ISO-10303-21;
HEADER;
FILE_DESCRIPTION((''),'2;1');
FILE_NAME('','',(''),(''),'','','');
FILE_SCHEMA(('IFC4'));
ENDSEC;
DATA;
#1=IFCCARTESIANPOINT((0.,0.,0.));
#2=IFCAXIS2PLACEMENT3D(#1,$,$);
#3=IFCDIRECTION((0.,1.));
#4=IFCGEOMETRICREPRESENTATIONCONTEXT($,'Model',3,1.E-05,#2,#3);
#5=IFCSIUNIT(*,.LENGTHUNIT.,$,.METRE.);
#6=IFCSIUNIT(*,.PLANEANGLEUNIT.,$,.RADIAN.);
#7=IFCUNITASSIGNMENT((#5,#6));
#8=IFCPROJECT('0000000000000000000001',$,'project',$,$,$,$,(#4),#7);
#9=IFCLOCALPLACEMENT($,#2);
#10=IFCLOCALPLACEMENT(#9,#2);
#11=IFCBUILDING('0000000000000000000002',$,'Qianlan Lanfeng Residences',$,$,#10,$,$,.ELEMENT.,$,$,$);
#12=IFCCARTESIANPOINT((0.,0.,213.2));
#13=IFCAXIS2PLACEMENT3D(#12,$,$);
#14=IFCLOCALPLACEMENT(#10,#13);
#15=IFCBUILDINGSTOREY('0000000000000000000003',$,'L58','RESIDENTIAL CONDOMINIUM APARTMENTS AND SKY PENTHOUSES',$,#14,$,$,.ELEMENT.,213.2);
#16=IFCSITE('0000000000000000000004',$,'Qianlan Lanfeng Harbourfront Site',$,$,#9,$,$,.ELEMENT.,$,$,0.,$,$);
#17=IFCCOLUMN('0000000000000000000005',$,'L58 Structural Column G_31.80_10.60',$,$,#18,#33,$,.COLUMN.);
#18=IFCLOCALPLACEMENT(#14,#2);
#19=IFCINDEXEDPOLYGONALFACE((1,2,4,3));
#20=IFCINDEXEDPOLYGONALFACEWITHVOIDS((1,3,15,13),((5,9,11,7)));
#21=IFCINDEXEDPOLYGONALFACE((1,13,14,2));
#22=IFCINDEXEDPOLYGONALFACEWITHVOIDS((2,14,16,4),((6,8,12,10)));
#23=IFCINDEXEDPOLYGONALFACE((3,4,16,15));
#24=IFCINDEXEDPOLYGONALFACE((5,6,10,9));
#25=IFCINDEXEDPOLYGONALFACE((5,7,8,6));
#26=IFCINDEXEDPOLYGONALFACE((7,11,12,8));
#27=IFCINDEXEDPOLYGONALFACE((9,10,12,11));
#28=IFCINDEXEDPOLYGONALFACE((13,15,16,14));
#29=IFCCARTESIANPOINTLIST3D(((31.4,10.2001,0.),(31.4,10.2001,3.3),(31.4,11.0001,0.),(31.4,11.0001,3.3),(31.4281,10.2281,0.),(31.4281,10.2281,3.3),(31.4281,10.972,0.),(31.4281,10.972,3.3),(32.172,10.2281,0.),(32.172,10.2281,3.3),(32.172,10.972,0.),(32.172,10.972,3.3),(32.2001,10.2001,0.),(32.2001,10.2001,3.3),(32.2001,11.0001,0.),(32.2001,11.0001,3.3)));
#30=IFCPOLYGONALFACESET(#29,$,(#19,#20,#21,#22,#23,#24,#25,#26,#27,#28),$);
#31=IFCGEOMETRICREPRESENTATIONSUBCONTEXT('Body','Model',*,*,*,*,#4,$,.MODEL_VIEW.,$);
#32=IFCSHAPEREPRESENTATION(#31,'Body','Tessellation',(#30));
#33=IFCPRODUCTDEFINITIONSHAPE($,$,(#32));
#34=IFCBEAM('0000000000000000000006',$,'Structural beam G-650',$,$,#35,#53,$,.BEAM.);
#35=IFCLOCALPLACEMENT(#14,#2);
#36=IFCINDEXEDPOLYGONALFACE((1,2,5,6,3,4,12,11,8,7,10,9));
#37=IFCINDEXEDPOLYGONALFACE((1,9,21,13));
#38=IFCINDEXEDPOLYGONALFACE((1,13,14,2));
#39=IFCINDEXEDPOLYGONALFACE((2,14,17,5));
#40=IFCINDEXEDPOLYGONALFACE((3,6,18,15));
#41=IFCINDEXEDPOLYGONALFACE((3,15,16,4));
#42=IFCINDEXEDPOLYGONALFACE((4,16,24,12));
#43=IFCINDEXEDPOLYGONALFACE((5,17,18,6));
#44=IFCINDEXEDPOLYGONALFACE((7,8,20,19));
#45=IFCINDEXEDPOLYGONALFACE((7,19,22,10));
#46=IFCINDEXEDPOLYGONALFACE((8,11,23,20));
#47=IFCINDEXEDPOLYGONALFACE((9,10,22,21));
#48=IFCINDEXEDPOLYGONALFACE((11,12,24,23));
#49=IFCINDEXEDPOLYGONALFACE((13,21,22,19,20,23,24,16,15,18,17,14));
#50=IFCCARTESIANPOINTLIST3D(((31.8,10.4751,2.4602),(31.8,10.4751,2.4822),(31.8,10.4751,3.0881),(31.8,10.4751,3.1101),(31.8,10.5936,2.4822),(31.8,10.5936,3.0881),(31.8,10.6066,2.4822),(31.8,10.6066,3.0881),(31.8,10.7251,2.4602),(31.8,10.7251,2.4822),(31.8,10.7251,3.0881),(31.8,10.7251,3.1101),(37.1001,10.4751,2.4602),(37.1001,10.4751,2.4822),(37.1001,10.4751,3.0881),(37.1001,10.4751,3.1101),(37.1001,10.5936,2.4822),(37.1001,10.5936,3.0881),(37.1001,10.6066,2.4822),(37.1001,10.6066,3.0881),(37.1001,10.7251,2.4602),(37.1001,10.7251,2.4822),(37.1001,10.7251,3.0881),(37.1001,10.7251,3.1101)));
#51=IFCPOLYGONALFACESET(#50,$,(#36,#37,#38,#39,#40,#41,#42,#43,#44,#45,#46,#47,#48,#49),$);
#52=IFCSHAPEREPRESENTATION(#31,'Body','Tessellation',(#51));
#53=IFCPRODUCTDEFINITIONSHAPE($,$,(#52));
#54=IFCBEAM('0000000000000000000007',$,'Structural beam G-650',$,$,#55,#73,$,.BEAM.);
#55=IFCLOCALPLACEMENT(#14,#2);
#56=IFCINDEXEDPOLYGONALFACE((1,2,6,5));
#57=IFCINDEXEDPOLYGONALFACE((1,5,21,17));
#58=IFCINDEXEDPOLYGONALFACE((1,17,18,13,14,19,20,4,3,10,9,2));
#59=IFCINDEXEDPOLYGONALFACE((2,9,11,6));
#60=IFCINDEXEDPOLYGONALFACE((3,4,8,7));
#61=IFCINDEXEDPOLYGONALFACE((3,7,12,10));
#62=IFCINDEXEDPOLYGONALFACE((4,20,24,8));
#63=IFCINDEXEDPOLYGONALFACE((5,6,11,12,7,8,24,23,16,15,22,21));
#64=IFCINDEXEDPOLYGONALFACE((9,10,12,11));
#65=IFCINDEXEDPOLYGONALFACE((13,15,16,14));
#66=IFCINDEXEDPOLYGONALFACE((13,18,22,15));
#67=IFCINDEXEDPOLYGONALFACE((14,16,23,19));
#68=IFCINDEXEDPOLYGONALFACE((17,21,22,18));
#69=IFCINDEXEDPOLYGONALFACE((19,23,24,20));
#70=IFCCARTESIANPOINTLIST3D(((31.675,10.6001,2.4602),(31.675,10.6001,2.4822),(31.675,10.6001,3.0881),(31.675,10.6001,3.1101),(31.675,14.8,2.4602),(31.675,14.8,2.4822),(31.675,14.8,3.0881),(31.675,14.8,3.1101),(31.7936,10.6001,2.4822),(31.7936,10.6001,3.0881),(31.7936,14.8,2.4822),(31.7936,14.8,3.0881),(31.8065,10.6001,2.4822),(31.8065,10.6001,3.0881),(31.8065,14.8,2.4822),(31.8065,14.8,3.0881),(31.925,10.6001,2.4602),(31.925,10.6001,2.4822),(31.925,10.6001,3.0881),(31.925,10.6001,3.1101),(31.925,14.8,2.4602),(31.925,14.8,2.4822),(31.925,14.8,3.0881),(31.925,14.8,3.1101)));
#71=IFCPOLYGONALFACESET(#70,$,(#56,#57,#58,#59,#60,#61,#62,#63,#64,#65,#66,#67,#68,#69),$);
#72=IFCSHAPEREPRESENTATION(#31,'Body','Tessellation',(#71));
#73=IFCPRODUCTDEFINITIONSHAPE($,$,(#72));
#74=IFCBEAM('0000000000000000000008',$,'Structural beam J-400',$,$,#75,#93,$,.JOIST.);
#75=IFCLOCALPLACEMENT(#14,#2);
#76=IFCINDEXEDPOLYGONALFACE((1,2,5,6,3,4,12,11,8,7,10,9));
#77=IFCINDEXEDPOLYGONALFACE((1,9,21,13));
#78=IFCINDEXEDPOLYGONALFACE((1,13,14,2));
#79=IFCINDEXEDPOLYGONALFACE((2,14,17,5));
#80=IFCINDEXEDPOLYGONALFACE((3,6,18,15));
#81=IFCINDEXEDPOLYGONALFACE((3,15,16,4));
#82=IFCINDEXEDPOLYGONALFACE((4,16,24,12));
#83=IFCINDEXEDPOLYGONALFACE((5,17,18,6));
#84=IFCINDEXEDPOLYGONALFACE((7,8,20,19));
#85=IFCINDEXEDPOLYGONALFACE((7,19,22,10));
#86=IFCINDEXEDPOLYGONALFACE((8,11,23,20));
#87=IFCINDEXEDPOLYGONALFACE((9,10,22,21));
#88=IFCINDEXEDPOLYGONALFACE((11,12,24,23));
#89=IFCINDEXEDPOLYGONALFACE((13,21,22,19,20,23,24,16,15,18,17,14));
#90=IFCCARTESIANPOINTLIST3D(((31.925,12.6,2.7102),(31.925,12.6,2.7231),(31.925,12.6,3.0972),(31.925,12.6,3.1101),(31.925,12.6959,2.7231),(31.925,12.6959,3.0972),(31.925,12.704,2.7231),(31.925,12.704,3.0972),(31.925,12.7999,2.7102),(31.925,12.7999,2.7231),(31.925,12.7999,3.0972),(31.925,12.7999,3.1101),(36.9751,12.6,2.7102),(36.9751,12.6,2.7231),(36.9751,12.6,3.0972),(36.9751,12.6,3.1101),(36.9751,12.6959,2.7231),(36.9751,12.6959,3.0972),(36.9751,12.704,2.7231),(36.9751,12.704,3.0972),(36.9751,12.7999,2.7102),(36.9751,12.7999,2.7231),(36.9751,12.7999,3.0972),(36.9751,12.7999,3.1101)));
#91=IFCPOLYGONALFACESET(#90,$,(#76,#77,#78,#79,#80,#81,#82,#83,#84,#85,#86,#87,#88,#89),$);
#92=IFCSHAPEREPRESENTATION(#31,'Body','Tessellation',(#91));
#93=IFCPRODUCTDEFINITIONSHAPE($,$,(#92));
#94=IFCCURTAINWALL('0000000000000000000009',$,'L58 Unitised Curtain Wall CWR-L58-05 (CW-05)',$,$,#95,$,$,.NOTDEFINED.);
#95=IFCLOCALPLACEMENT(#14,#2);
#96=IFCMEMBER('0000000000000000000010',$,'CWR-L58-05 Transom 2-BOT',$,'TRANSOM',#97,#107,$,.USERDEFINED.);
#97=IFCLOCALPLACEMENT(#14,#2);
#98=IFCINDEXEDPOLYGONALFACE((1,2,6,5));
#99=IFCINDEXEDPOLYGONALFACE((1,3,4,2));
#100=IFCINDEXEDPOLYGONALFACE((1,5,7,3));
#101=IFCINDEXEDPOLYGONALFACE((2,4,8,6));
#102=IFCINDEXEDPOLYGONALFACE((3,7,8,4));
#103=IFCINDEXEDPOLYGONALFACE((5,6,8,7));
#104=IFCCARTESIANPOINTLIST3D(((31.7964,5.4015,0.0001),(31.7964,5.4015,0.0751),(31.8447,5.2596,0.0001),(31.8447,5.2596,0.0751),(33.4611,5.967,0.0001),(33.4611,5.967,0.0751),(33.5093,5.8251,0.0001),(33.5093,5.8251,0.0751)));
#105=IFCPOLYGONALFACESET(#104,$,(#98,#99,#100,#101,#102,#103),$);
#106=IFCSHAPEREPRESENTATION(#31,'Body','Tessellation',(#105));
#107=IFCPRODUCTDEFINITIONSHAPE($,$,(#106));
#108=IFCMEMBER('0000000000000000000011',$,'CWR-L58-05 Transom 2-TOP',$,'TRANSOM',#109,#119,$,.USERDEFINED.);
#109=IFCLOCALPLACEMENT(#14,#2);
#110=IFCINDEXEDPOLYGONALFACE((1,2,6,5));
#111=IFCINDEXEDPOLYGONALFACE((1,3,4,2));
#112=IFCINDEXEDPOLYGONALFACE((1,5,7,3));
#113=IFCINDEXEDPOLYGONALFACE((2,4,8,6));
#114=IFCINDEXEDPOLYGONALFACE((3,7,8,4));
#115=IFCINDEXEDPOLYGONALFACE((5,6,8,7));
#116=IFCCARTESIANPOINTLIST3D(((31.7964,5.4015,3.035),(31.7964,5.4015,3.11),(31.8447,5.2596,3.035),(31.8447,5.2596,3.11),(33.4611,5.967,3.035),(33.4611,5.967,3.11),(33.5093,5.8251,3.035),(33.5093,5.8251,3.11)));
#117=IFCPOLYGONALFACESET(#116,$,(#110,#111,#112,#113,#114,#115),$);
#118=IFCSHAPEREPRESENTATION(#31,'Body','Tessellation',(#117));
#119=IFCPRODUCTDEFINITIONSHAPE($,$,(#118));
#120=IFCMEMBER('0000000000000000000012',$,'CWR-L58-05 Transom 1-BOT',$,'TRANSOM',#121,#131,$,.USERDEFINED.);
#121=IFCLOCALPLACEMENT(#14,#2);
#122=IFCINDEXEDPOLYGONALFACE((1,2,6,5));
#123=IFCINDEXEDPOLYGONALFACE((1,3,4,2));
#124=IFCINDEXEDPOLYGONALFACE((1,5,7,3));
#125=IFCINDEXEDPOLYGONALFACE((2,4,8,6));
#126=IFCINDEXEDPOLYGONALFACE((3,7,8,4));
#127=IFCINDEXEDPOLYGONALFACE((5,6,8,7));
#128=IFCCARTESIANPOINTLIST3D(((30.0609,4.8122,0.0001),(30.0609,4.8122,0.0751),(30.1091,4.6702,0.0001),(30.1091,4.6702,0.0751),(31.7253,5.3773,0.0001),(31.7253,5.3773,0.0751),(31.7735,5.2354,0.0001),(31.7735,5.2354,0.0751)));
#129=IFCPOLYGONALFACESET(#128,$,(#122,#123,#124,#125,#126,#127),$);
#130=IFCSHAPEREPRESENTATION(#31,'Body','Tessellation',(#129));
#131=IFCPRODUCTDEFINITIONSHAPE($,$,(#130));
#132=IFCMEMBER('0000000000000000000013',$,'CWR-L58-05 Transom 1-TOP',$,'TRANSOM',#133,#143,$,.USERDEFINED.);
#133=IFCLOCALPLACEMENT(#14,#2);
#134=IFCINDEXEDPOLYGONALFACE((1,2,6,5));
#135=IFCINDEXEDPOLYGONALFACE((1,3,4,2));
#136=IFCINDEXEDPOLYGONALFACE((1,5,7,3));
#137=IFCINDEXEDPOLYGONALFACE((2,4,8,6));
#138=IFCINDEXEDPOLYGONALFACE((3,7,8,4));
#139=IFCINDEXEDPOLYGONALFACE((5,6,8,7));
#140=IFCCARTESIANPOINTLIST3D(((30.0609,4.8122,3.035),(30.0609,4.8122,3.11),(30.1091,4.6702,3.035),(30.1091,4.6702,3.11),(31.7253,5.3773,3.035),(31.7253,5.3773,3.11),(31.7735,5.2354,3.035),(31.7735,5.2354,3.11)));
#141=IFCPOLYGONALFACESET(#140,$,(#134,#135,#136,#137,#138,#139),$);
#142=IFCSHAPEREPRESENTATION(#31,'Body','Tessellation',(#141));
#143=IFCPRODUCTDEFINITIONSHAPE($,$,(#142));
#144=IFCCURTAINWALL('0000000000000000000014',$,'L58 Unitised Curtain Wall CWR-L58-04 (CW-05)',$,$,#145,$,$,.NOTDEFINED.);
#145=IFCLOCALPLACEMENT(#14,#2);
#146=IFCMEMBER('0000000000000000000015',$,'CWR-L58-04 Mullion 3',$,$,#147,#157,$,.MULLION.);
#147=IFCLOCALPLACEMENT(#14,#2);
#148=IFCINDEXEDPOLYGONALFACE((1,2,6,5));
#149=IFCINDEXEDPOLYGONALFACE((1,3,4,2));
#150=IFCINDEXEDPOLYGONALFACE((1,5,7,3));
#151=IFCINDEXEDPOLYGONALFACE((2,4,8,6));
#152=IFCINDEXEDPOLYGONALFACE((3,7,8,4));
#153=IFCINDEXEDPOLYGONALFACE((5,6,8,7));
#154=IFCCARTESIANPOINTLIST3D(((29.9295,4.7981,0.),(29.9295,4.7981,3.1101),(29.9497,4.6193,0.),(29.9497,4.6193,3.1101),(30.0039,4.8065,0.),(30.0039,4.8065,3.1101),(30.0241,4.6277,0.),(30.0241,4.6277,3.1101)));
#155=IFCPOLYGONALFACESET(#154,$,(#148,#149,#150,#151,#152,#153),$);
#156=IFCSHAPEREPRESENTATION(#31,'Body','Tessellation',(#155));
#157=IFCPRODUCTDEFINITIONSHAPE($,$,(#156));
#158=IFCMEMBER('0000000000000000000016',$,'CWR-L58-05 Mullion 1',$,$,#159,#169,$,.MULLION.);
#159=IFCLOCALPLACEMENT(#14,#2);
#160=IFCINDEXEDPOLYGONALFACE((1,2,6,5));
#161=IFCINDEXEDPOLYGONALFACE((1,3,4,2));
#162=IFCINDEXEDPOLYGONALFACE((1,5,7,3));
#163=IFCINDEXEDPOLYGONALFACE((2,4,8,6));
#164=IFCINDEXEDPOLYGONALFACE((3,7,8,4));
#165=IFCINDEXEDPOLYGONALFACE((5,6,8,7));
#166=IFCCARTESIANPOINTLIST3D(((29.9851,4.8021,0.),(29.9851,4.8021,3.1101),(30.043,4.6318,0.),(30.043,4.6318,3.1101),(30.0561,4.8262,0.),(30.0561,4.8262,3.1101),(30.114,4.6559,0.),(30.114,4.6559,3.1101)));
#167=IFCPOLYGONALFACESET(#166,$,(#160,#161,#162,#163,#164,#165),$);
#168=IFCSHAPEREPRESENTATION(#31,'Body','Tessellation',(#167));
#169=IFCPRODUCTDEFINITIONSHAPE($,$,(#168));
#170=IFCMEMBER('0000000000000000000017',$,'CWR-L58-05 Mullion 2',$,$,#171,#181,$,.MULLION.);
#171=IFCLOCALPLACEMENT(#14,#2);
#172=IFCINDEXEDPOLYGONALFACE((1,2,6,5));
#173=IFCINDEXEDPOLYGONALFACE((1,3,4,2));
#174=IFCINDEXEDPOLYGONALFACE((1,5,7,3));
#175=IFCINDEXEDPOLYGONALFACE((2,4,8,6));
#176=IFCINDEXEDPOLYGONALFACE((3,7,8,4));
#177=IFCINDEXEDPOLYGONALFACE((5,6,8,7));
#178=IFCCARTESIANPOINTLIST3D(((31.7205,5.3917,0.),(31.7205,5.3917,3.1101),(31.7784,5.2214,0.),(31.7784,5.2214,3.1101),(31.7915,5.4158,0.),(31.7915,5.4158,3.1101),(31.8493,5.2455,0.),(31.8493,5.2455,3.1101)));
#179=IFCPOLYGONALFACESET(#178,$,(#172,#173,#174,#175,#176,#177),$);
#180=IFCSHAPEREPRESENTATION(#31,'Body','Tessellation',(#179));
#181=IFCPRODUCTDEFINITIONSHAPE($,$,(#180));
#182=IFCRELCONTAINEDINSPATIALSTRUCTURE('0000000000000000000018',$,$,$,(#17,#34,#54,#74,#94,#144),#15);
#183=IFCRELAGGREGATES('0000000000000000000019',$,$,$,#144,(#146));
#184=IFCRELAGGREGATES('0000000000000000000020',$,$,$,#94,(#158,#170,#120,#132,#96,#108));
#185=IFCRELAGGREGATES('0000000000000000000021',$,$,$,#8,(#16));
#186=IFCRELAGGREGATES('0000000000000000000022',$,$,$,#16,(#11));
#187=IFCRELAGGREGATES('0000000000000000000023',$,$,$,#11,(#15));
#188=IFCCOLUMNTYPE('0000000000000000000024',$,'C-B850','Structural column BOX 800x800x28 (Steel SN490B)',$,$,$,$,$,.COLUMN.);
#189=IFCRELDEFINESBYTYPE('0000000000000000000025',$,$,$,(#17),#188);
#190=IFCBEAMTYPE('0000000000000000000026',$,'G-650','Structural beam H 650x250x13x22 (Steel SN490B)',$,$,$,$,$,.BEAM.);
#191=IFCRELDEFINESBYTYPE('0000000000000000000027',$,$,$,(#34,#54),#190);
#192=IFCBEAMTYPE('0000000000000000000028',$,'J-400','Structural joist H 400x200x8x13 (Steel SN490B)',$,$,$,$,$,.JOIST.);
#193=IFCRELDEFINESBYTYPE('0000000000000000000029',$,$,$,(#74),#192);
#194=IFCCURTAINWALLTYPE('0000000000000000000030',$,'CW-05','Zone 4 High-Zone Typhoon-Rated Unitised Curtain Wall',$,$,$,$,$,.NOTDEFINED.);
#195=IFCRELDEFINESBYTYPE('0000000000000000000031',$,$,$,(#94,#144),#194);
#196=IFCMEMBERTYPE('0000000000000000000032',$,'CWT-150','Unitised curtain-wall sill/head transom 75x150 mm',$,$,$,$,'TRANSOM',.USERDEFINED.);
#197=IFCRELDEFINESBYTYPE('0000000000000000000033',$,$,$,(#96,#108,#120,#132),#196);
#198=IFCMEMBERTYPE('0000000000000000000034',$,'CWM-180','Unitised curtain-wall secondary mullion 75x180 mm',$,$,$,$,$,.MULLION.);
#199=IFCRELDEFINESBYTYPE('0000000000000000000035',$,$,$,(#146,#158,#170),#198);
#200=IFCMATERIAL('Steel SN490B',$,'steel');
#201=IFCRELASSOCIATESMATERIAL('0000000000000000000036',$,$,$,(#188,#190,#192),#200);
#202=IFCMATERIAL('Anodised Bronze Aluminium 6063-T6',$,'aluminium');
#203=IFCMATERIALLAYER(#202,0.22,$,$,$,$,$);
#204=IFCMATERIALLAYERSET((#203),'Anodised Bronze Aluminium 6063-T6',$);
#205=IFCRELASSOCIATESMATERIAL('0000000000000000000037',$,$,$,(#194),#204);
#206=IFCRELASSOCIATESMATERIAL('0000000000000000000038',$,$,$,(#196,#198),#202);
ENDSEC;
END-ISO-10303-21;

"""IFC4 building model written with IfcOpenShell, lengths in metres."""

from ifc_helpers import new_model, si_unit, direction, frame, origin, origin_2d, place, context, subcontext, project, spatial, rectangle, hollow_rectangle, i_section, extrude, source, transform, mapped, material, layer, layer_set, material_profile, profile_set, type_object, element, aggregate, save


model = new_model("IFC4")

# Units and contexts
model_context = context("Model", 3, precision=1e-05, world=origin(), true_north=direction((0.0, 1.0)))
body_context = subcontext(model_context, "Body", "Model", "MODEL_VIEW")
ifc_project = project(units=[si_unit("LENGTHUNIT", "METRE"), si_unit("PLANEANGLEUNIT", "RADIAN")], contexts=[model_context])

# Site, building, storey
site_placement = place(None, origin())
site = spatial("IfcSite", under=ifc_project, at=site_placement, Name="Qianlan Lanfeng Harbourfront Site", CompositionType="ELEMENT", RefElevation=0.0)
building_placement = place(site_placement, origin())
building = spatial("IfcBuilding", under=site, at=building_placement, Name="Qianlan Lanfeng Residences", CompositionType="ELEMENT")
storey_placement = place(building_placement, frame((0.0, 0.0, 213.2)))
storey = spatial("IfcBuildingStorey", under=building, at=storey_placement, Name="L58", Description="RESIDENTIAL CONDOMINIUM APARTMENTS AND SKY PENTHOUSES", CompositionType="ELEMENT", Elevation=213.2)

# Column
ifc_material_1 = material(Name="Steel SN490B", Category="steel")
ifc_material_profile_1 = material_profile(ifc_material_1, hollow_rectangle(XDim=0.8, YDim=0.8, WallThickness=0.0281, at=origin_2d()), Name="BOX 800x800x28")
ifc_profile_set_1 = profile_set([ifc_material_profile_1], Name="Steel SN490B")
column_type = type_object("IfcColumnType", Name="C-B850", Description="Structural column BOX 800x800x28 (Steel SN490B)", PredefinedType="COLUMN", material=ifc_profile_set_1)
column_placement = place(storey_placement, frame((31.8, 10.6001, 0.0), z_axis=(0.0, 0.0, 1.0), x_axis=(1.0, 0.0, 0.0)))
element("IfcColumn", 1, at=column_placement, inside=storey, type_object=column_type, Name="L58 Structural Column G_31.80_10.60", PredefinedType="COLUMN", context=body_context, shape_type="SweptSolid", body=[
    extrude(hollow_rectangle(XDim=0.8, YDim=0.8, WallThickness=0.0281, at=origin_2d()), origin(), (0.0, 0.0, 1.0), 3.3),
])

# Beams
ifc_material_profile_2 = material_profile(ifc_material_1, i_section(OverallWidth=0.25, OverallDepth=0.6499, WebThickness=0.0129, FlangeThickness=0.022, at=origin_2d()), Name="H 650x250x13x22")
ifc_profile_set_2 = profile_set([ifc_material_profile_2], Name="Steel SN490B")
beam_type_1 = type_object("IfcBeamType", Name="G-650", Description="Structural beam H 650x250x13x22 (Steel SN490B)", PredefinedType="BEAM", material=ifc_profile_set_2)
beam_1_placement = place(storey_placement, frame((31.8, 10.6001, 2.7852), z_axis=(1.0, 0.0, 0.0), x_axis=(0.0, 1.0, 0.0)))
element("IfcBeam", 2, at=beam_1_placement, inside=storey, type_object=beam_type_1, Name="Structural beam G-650", PredefinedType="BEAM", context=body_context, shape_type="SweptSolid", body=[
    extrude(i_section(OverallWidth=0.25, OverallDepth=0.6499, WebThickness=0.0129, FlangeThickness=0.022, at=origin_2d()), origin(), (0.0, 0.0, 1.0), 5.3),
])
beam_2_placement = place(storey_placement, frame((31.8, 10.6001, 2.7852), z_axis=(0.0, 1.0, 0.0), x_axis=(-1.0, 0.0, 0.0)))
element("IfcBeam", 3, at=beam_2_placement, inside=storey, type_object=beam_type_1, Name="Structural beam G-650", PredefinedType="BEAM", context=body_context, shape_type="SweptSolid", body=[
    extrude(i_section(OverallWidth=0.25, OverallDepth=0.6499, WebThickness=0.0129, FlangeThickness=0.022, at=origin_2d()), origin(), (0.0, 0.0, 1.0), 4.2),
])
ifc_material_profile_3 = material_profile(ifc_material_1, i_section(OverallWidth=0.2, OverallDepth=0.3999, WebThickness=0.0081, FlangeThickness=0.0129, at=origin_2d()), Name="H 400x200x8x13")
ifc_profile_set_3 = profile_set([ifc_material_profile_3], Name="Steel SN490B")
beam_type_2 = type_object("IfcBeamType", Name="J-400", Description="Structural joist H 400x200x8x13 (Steel SN490B)", PredefinedType="JOIST", material=ifc_profile_set_3)
beam_3_placement = place(storey_placement, frame((31.925, 12.7, 2.9102), z_axis=(1.0, 0.0, 0.0), x_axis=(0.0, 1.0, 0.0)))
element("IfcBeam", 4, at=beam_3_placement, inside=storey, type_object=beam_type_2, Name="Structural beam J-400", PredefinedType="JOIST", context=body_context, shape_type="SweptSolid", body=[
    extrude(i_section(OverallWidth=0.2, OverallDepth=0.3999, WebThickness=0.0081, FlangeThickness=0.0129, at=origin_2d()), origin(), (0.0, 0.0, 1.0), 5.05),
])

# Curtain wall, members
ifc_material_2 = material(Name="Anodised Bronze Aluminium 6063-T6", Category="aluminium")
ifc_layer_1 = layer(ifc_material_2, 0.22)
ifc_layer_set_1 = layer_set([ifc_layer_1], Name="Anodised Bronze Aluminium 6063-T6")
curtain_wall_type = type_object("IfcCurtainWallType", Name="CW-05", Description="Zone 4 High-Zone Typhoon-Rated Unitised Curtain Wall", PredefinedType="NOTDEFINED", material=ifc_layer_set_1)
curtain_wall_1_placement = place(storey_placement, origin())
curtain_wall_1 = element("IfcCurtainWall", 5, at=curtain_wall_1_placement, inside=storey, type_object=curtain_wall_type, Name="L58 Unitised Curtain Wall CWR-L58-05 (CW-05)", PredefinedType="NOTDEFINED")
ifc_material_profile_4 = material_profile(ifc_material_2, rectangle(XDim=0.075, YDim=0.1499, at=origin_2d()), Name="ALU TRANSOM 75x150")
ifc_profile_set_4 = profile_set([ifc_material_profile_4], Name="Anodised Bronze Aluminium 6063-T6")
member_type_1 = type_object("IfcMemberType", Name="CWT-150", Description="Unitised curtain-wall sill/head transom 75x150 mm", ElementType="TRANSOM", PredefinedType="USERDEFINED", material=ifc_profile_set_4)
shared_shape_1 = source(origin(), body_context, "Body", "SweptSolid", [
    extrude(rectangle(XDim=0.075, YDim=0.1499, at=origin_2d()), origin(), (0.0, 0.0, 1.0), 1.7581),
])
member_1_placement = place(storey_placement, frame((31.8206, 5.3306, 0.0376), z_axis=(0.946862, 0.321639, 0.0), x_axis=(0.0, 0.0, 1.0)))
member_1 = element("IfcMember", 6, at=member_1_placement, type_object=member_type_1, Name="CWR-L58-05 Transom 2-BOT", ObjectType="TRANSOM", PredefinedType="USERDEFINED", context=body_context, shape_type="MappedRepresentation", body=[
    mapped(shared_shape_1, transform((0.0, 0.0, 0.0), scale=1.0)),
])
member_2_placement = place(storey_placement, frame((31.8206, 5.3306, 3.0725), z_axis=(0.946862, 0.321639, 0.0), x_axis=(0.0, 0.0, 1.0)))
member_2 = element("IfcMember", 7, at=member_2_placement, type_object=member_type_1, Name="CWR-L58-05 Transom 2-TOP", ObjectType="TRANSOM", PredefinedType="USERDEFINED", context=body_context, shape_type="MappedRepresentation", body=[
    mapped(shared_shape_1, transform((0.0, 0.0, 0.0), scale=1.0)),
])
shared_shape_2 = source(origin(), body_context, "Body", "SweptSolid", [
    extrude(rectangle(XDim=0.075, YDim=0.1499, at=origin_2d()), origin(), (0.0, 0.0, 1.0), 1.7578),
])
member_3_placement = place(storey_placement, frame((30.085, 4.7412, 0.0376), z_axis=(0.946905, 0.321514, 0.0), x_axis=(0.0, 0.0, 1.0)))
member_3 = element("IfcMember", 8, at=member_3_placement, type_object=member_type_1, Name="CWR-L58-05 Transom 1-BOT", ObjectType="TRANSOM", PredefinedType="USERDEFINED", context=body_context, shape_type="MappedRepresentation", body=[
    mapped(shared_shape_2, transform((0.0, 0.0, 0.0), scale=1.0)),
])
member_4_placement = place(storey_placement, frame((30.085, 4.7412, 3.0725), z_axis=(0.946905, 0.321514, 0.0), x_axis=(0.0, 0.0, 1.0)))
member_4 = element("IfcMember", 9, at=member_4_placement, type_object=member_type_1, Name="CWR-L58-05 Transom 1-TOP", ObjectType="TRANSOM", PredefinedType="USERDEFINED", context=body_context, shape_type="MappedRepresentation", body=[
    mapped(shared_shape_2, transform((0.0, 0.0, 0.0), scale=1.0)),
])

# Curtain wall, member
curtain_wall_2_placement = place(storey_placement, origin())
curtain_wall_2 = element("IfcCurtainWall", 10, at=curtain_wall_2_placement, inside=storey, type_object=curtain_wall_type, Name="L58 Unitised Curtain Wall CWR-L58-04 (CW-05)", PredefinedType="NOTDEFINED")
ifc_material_profile_5 = material_profile(ifc_material_2, rectangle(XDim=0.075, YDim=0.1799, at=origin_2d()), Name="ALU MULLION 75x180")
ifc_profile_set_5 = profile_set([ifc_material_profile_5], Name="Anodised Bronze Aluminium 6063-T6")
member_type_2 = type_object("IfcMemberType", Name="CWM-180", Description="Unitised curtain-wall secondary mullion 75x180 mm", PredefinedType="MULLION", material=ifc_profile_set_5)
shared_shape_3 = source(origin(), body_context, "Body", "SweptSolid", [
    extrude(rectangle(XDim=0.075, YDim=0.1799, at=origin_2d()), origin(), (0.0, 0.0, 1.0), 3.1101),
])
member_5_placement = place(storey_placement, frame((29.9768, 4.7129, 0.0), z_axis=(0.0, 0.0, 1.0), x_axis=(0.993678, 0.112263, 0.0)))
member_5 = element("IfcMember", 11, at=member_5_placement, type_object=member_type_2, Name="CWR-L58-04 Mullion 3", PredefinedType="MULLION", context=body_context, shape_type="MappedRepresentation", body=[
    mapped(shared_shape_3, transform((0.0, 0.0, 0.0), scale=1.0)),
])

# Members
member_6_placement = place(storey_placement, frame((30.0496, 4.729, 0.0), z_axis=(0.0, 0.0, 1.0), x_axis=(0.946877, 0.321596, 0.0)))
member_6 = element("IfcMember", 12, at=member_6_placement, type_object=member_type_2, Name="CWR-L58-05 Mullion 1", PredefinedType="MULLION", context=body_context, shape_type="MappedRepresentation", body=[
    mapped(shared_shape_3, transform((0.0, 0.0, 0.0), scale=1.0)),
])
member_7_placement = place(storey_placement, frame((31.7849, 5.3186, 0.0), z_axis=(0.0, 0.0, 1.0), x_axis=(0.946877, 0.321596, 0.0)))
member_7 = element("IfcMember", 13, at=member_7_placement, type_object=member_type_2, Name="CWR-L58-05 Mullion 2", PredefinedType="MULLION", context=body_context, shape_type="MappedRepresentation", body=[
    mapped(shared_shape_3, transform((0.0, 0.0, 0.0), scale=1.0)),
])

aggregate(curtain_wall_2, [member_5])
aggregate(curtain_wall_1, [member_6, member_7, member_3, member_4, member_1, member_2])

save(model, "model.ifc")
